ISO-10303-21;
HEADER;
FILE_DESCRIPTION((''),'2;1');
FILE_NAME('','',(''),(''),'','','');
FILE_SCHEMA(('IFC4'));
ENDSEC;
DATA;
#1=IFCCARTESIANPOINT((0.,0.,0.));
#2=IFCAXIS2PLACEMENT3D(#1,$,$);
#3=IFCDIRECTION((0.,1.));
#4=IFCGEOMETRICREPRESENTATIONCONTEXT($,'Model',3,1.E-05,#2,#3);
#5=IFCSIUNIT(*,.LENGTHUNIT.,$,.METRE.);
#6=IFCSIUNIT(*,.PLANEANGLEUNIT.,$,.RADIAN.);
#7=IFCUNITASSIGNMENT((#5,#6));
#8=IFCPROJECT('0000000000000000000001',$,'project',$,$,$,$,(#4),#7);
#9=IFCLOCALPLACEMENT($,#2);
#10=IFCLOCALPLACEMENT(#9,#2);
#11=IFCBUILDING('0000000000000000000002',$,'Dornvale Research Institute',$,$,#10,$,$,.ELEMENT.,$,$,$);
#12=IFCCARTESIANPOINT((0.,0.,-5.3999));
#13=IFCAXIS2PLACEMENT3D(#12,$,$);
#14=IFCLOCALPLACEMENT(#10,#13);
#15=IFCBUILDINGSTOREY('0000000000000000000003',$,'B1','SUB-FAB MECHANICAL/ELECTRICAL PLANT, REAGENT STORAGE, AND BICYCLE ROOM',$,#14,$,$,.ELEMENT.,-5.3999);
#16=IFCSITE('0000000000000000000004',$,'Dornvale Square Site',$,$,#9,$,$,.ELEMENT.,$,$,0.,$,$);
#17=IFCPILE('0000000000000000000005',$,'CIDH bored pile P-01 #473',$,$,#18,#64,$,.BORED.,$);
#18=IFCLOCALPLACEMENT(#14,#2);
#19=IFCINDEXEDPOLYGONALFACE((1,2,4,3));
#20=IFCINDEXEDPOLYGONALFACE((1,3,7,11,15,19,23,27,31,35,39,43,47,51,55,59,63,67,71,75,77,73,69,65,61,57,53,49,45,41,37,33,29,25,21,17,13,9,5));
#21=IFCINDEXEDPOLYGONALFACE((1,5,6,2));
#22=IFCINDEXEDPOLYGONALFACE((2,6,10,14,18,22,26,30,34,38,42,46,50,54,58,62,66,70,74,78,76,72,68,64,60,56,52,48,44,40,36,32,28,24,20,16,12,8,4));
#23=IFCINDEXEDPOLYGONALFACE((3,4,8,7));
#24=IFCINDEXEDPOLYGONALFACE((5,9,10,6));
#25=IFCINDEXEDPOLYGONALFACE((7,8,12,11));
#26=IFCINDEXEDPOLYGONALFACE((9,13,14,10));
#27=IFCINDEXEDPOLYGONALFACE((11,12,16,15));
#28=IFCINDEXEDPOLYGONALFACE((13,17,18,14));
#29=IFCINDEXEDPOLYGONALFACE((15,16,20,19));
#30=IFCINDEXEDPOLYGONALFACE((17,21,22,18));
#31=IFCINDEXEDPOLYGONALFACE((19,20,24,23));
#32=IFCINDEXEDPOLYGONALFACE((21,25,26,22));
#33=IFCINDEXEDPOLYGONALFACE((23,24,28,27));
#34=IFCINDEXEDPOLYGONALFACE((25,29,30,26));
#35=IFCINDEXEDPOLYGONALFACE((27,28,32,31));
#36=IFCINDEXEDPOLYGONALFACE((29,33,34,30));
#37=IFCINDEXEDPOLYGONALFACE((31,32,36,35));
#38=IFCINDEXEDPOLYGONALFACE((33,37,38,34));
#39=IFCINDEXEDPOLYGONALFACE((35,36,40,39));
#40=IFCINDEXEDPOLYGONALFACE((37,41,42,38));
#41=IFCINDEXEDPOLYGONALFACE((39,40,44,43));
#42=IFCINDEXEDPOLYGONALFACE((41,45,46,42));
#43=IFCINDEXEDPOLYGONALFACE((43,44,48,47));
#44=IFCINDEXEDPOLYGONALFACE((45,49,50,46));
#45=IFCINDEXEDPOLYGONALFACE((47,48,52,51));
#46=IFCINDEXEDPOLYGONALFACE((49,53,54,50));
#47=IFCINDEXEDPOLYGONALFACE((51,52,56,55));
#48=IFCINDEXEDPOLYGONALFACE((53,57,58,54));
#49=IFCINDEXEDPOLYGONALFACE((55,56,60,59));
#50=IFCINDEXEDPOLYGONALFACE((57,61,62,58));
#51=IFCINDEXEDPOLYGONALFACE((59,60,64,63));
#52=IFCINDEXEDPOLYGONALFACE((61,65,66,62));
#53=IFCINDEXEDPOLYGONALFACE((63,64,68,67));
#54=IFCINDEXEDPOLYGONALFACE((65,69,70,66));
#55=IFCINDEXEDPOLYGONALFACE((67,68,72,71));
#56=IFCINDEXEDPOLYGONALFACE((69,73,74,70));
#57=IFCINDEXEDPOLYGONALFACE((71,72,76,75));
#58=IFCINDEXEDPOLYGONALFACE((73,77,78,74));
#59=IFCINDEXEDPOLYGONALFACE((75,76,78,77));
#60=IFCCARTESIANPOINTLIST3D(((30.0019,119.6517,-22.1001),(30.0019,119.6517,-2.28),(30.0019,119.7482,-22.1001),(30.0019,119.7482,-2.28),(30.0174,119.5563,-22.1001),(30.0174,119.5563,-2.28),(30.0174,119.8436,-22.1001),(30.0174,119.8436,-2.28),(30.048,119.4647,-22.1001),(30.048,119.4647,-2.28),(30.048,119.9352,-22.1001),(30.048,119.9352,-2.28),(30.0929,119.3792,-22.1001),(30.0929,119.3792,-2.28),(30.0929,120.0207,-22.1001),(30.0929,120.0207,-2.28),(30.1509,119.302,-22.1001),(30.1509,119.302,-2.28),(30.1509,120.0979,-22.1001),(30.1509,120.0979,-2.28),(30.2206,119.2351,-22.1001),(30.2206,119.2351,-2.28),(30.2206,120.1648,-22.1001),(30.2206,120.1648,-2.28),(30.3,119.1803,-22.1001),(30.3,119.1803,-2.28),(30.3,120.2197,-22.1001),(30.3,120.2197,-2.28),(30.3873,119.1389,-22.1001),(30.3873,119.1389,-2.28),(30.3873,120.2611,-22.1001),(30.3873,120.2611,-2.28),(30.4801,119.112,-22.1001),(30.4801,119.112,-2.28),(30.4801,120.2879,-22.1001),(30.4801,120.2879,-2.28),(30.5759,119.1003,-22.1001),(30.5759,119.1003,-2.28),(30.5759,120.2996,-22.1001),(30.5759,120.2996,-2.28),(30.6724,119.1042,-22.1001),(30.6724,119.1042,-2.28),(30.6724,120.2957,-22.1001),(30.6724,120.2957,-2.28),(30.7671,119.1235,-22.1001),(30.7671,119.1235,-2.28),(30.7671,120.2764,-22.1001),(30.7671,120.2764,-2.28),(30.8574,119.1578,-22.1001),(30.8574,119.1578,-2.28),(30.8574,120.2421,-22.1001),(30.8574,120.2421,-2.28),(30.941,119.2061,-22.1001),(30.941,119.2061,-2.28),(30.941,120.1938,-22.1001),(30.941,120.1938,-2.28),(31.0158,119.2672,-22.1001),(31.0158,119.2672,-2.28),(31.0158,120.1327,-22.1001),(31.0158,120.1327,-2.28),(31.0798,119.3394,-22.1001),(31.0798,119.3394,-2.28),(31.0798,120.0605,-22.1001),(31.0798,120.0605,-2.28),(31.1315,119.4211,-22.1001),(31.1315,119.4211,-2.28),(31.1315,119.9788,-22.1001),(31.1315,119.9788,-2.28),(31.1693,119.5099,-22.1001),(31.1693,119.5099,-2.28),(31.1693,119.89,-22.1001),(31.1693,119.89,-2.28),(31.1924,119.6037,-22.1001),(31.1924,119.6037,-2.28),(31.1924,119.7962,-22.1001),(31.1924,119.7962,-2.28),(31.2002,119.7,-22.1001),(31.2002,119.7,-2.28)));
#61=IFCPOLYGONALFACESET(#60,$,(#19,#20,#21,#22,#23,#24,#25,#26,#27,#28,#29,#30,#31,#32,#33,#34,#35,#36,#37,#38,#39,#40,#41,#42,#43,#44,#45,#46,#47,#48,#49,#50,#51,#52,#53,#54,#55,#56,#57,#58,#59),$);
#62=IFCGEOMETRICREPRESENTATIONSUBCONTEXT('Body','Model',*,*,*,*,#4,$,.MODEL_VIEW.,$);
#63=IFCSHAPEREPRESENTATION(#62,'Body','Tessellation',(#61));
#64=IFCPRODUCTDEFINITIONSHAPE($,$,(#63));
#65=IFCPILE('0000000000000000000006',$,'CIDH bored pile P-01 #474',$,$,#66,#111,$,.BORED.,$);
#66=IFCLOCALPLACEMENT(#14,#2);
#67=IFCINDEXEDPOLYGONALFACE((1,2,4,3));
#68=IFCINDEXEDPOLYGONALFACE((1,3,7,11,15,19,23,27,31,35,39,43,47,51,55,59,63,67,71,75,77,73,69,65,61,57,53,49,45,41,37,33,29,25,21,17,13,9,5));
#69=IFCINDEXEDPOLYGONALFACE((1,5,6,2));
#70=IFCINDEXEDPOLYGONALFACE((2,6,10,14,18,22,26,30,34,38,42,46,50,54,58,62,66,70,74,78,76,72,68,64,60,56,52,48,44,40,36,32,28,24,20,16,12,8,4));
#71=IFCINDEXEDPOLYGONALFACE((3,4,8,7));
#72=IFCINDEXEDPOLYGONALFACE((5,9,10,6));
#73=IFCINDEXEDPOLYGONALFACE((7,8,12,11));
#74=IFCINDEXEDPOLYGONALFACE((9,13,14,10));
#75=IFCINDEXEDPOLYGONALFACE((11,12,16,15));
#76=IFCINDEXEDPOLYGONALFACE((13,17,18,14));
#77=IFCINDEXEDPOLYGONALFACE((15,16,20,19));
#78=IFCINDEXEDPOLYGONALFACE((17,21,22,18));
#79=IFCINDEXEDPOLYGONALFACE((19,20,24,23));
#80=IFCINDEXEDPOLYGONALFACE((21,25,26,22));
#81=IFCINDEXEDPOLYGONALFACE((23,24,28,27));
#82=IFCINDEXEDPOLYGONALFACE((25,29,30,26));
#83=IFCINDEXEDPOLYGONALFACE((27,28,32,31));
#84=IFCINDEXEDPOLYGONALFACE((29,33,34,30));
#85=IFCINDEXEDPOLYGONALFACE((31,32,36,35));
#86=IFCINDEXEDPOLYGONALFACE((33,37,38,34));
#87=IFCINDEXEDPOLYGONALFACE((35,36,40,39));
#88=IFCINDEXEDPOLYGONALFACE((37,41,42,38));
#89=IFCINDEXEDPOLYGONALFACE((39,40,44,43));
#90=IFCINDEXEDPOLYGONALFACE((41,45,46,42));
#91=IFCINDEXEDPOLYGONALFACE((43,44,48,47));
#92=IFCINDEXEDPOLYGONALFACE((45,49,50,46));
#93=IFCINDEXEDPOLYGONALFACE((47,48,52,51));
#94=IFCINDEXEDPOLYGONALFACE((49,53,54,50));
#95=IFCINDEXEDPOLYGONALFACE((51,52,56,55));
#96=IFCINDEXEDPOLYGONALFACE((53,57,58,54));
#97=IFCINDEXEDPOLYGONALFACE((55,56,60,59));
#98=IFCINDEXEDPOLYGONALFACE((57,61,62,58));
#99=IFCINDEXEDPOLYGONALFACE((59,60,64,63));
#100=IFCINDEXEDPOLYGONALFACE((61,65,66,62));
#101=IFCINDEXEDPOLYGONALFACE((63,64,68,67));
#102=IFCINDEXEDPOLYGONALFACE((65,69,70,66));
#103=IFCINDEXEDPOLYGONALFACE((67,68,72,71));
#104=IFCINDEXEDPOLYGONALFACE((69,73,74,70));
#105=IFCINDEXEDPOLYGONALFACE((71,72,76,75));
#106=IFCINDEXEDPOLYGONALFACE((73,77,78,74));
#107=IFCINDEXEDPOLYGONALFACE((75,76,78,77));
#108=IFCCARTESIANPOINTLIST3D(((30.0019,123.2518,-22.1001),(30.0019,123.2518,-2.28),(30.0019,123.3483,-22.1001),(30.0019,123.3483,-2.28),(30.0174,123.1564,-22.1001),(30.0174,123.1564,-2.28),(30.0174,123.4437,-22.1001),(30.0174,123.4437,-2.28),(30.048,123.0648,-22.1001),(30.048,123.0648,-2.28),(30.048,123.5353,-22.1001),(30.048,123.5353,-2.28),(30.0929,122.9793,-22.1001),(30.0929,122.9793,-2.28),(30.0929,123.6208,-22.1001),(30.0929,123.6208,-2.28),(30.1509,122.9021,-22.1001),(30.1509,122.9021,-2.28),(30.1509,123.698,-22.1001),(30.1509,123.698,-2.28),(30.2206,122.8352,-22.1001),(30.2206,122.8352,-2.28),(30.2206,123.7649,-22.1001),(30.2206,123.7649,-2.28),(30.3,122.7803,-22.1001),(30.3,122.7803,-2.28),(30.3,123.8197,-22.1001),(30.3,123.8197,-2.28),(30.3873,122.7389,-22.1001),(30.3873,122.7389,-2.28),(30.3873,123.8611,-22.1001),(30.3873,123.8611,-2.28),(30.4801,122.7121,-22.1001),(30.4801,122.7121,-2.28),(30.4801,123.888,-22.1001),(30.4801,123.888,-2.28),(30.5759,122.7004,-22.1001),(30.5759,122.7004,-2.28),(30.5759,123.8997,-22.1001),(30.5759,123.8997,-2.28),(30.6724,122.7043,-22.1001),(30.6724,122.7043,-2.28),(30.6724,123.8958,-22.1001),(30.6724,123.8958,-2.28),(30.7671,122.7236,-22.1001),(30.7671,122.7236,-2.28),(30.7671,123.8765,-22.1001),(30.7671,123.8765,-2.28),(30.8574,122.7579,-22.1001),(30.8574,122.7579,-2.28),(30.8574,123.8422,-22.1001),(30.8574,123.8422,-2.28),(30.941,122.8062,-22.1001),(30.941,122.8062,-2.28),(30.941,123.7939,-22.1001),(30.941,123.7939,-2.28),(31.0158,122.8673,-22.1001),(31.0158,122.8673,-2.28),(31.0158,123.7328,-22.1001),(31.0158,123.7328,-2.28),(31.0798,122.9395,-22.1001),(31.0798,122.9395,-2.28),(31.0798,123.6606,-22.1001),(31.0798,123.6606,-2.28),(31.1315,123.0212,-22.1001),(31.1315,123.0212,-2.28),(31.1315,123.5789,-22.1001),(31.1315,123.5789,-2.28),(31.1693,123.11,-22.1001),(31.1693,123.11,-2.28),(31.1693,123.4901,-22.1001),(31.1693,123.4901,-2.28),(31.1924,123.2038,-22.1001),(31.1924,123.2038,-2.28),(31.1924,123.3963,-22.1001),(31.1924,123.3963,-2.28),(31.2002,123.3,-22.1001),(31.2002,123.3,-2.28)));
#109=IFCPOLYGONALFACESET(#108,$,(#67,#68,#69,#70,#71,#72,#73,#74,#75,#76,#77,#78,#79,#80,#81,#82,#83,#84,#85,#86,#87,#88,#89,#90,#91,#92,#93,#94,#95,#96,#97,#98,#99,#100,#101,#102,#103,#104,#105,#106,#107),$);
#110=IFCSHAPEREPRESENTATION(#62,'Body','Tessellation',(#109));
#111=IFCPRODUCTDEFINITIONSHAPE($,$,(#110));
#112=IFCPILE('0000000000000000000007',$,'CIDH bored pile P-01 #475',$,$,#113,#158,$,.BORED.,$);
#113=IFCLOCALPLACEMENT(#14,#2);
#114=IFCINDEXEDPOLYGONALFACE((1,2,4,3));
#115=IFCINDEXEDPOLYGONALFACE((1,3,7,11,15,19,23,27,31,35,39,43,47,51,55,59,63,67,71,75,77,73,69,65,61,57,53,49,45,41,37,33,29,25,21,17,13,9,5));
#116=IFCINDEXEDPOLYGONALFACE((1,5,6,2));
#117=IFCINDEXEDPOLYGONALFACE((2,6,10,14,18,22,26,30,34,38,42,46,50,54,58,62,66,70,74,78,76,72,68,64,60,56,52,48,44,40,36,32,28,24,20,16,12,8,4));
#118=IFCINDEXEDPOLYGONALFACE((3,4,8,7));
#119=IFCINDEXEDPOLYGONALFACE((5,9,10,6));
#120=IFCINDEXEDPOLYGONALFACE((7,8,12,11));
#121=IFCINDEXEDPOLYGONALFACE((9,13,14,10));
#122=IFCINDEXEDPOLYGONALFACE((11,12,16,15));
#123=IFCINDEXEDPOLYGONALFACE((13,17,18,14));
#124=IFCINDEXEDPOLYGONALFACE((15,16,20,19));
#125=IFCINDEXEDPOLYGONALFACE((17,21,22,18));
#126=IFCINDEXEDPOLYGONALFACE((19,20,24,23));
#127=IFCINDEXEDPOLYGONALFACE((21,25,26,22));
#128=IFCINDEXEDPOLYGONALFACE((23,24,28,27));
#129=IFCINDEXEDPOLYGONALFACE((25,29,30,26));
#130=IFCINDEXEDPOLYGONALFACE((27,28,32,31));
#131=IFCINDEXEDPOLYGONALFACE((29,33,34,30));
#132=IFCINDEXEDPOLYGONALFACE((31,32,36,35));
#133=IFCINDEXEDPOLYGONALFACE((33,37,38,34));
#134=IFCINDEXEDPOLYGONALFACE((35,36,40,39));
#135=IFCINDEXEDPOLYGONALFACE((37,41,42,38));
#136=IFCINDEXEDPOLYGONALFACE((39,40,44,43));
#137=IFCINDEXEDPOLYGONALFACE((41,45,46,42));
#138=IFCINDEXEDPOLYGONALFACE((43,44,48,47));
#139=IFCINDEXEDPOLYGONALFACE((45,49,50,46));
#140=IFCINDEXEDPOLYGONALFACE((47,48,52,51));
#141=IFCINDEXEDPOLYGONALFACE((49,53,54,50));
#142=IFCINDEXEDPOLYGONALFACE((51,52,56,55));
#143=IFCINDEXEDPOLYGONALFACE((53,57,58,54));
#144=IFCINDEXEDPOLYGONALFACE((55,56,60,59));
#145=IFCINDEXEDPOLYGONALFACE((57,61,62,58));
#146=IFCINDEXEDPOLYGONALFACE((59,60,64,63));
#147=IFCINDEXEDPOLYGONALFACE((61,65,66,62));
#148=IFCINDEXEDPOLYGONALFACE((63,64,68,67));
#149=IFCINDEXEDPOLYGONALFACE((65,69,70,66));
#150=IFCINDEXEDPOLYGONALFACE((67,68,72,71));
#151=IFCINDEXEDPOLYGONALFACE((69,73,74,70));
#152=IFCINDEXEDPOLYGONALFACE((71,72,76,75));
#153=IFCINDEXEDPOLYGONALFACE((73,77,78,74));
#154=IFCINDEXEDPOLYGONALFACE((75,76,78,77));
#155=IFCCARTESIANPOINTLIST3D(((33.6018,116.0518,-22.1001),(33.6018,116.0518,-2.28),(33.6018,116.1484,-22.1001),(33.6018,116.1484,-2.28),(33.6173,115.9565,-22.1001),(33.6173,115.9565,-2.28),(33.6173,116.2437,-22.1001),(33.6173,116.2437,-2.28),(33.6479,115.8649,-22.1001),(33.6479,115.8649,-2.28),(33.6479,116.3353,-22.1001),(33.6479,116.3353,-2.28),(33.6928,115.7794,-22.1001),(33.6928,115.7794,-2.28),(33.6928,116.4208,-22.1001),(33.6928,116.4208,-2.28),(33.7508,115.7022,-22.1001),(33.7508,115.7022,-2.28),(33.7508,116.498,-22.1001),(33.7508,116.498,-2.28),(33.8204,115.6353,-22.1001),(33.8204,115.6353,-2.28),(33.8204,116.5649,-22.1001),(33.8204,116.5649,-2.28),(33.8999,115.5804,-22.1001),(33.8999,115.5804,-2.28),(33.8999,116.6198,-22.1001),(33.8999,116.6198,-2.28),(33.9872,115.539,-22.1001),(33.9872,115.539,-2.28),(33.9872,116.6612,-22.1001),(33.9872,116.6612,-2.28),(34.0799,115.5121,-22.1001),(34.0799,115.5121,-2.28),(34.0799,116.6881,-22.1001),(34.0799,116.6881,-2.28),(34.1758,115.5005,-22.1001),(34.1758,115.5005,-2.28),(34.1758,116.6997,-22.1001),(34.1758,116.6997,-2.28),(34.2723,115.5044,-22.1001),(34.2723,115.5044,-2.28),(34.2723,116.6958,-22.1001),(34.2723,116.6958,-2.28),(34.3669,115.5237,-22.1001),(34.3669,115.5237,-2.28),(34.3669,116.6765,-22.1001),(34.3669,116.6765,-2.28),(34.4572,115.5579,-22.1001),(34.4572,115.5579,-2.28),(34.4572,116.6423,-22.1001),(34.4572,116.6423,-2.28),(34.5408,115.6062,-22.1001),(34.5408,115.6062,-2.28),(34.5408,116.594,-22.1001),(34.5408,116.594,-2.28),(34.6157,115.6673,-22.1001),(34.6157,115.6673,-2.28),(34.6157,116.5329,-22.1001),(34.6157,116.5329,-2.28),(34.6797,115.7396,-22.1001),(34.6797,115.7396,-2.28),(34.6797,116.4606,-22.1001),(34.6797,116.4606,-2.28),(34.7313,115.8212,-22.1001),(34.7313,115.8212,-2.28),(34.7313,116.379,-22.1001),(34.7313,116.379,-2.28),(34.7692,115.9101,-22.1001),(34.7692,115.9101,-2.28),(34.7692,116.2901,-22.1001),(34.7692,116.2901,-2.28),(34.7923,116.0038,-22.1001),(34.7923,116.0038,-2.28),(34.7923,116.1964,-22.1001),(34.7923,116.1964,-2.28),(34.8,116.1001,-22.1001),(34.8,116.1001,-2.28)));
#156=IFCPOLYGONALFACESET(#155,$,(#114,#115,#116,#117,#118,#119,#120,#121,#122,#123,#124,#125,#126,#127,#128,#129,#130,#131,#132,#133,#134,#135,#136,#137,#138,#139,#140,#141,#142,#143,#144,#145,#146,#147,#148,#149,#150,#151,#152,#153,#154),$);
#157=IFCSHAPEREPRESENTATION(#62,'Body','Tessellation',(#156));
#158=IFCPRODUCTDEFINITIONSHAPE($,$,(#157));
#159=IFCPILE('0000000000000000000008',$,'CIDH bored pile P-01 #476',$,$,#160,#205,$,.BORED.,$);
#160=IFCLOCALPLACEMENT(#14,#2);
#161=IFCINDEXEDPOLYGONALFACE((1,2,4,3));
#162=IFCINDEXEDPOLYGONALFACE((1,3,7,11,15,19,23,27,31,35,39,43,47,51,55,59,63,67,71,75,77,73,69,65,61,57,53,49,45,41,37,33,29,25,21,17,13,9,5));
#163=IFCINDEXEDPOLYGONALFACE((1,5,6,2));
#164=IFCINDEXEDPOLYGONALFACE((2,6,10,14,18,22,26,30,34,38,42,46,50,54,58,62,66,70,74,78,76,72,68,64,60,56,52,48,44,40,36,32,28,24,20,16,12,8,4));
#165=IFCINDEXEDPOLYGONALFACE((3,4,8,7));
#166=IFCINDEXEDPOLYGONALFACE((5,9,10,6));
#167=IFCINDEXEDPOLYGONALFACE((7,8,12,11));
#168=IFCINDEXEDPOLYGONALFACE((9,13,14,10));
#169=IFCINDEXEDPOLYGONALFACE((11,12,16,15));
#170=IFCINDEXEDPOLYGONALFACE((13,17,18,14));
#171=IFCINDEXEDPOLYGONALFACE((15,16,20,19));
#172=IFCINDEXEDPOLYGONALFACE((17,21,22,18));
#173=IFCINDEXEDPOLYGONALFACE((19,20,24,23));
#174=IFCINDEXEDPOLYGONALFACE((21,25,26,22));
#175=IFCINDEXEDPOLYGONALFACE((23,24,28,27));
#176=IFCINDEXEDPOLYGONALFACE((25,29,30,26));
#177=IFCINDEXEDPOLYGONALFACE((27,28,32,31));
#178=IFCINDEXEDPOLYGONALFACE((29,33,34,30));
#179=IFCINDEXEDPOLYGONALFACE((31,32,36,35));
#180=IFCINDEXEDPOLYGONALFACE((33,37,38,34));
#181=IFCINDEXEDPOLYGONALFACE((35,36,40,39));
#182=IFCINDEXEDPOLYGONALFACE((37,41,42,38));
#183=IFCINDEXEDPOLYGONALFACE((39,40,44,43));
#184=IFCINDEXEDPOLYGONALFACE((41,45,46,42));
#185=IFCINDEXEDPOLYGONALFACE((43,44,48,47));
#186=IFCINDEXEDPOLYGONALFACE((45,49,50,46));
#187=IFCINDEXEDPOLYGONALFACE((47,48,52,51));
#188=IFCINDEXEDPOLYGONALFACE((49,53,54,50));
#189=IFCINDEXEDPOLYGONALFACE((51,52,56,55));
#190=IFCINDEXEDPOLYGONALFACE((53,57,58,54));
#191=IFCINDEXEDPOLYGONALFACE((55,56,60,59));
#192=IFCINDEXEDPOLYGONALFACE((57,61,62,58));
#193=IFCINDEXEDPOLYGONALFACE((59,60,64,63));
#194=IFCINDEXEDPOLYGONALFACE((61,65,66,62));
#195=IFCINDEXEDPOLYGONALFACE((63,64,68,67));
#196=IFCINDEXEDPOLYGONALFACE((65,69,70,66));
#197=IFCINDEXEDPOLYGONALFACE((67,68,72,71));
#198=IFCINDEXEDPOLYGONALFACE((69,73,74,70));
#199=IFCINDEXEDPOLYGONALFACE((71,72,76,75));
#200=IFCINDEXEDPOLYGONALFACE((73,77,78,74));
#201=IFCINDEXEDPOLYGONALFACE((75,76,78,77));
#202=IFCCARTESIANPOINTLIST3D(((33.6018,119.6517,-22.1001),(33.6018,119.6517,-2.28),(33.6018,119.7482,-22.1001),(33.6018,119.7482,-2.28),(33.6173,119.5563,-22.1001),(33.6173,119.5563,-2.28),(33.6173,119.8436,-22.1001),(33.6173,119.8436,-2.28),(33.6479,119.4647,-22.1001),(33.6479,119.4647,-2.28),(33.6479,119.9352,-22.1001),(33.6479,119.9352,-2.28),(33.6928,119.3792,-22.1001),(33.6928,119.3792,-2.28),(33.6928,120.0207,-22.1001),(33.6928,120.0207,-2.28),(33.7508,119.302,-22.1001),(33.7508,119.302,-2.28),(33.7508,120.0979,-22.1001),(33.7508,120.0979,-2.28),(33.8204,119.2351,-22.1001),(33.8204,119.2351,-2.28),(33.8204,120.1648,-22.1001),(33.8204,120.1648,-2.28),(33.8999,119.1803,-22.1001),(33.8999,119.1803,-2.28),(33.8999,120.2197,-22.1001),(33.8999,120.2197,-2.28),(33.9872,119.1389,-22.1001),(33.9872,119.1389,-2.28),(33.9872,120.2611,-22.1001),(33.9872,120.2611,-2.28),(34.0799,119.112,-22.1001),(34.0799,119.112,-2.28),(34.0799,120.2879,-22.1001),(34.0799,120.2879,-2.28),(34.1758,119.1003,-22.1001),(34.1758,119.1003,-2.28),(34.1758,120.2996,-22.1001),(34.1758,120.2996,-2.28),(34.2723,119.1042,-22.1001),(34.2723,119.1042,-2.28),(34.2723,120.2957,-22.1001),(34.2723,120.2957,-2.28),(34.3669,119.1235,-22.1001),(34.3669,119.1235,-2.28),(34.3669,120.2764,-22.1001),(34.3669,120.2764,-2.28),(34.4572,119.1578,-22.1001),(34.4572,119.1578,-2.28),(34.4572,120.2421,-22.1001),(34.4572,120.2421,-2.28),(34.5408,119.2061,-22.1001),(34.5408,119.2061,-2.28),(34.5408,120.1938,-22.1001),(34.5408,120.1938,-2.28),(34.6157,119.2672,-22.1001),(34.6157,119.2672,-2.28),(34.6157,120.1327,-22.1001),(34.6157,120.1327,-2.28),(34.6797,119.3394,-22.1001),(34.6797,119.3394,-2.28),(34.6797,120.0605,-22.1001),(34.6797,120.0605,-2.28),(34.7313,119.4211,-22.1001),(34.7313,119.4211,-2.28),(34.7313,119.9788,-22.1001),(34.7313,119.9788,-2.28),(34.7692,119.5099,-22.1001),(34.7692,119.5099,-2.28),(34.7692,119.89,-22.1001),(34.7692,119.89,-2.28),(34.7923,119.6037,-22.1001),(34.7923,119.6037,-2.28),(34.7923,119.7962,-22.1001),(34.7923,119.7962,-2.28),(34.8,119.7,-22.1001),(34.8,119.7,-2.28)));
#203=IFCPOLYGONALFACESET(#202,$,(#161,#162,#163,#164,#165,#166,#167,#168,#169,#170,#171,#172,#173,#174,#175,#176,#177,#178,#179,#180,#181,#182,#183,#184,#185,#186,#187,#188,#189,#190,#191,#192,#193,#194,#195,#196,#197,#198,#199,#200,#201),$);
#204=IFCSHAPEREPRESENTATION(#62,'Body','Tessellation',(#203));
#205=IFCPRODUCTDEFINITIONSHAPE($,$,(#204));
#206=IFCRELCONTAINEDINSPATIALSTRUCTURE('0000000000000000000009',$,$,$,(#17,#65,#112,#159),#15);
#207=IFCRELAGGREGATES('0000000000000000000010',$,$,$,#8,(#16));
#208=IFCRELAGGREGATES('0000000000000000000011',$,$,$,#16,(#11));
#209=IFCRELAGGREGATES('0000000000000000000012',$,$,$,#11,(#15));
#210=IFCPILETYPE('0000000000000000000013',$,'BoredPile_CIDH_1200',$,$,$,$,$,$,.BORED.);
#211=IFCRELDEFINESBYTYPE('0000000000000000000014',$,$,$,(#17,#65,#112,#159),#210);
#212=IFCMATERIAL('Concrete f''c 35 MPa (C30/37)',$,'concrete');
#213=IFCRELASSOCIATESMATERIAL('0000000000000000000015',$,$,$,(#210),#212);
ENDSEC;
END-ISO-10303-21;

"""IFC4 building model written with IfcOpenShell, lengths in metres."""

from ifc_helpers import new_model, si_unit, direction, frame, origin, origin_2d, place, context, subcontext, project, spatial, circle, extrude, material, material_profile, profile_set, type_object, element, save


model = new_model("IFC4")

# Units and contexts
model_context = context("Model", 3, precision=1e-05, world=origin(), true_north=direction((0.0, 1.0)))
body_context = subcontext(model_context, "Body", "Model", "MODEL_VIEW")
ifc_project = project(units=[si_unit("LENGTHUNIT", "METRE"), si_unit("PLANEANGLEUNIT", "RADIAN")], contexts=[model_context])

# Site, building, storey
site_placement = place(None, origin())
site = spatial("IfcSite", under=ifc_project, at=site_placement, Name="Dornvale Square Site", CompositionType="ELEMENT", RefElevation=0.0)
building_placement = place(site_placement, origin())
building = spatial("IfcBuilding", under=site, at=building_placement, Name="Dornvale Research Institute", CompositionType="ELEMENT")
storey_placement = place(building_placement, frame((0.0, 0.0, -5.3999)))
storey = spatial("IfcBuildingStorey", under=building, at=storey_placement, Name="B1", Description="SUB-FAB MECHANICAL/ELECTRICAL PLANT, REAGENT STORAGE, AND BICYCLE ROOM", CompositionType="ELEMENT", Elevation=-5.3999)

# Piles
ifc_material_1 = material(Name="Concrete f'c 35 MPa (C30/37)", Category="concrete")
ifc_material_profile_1 = material_profile(ifc_material_1, circle(Radius=0.6001, at=origin_2d()), Name="CIDH PILE D1200")
ifc_profile_set_1 = profile_set([ifc_material_profile_1], Name="Concrete f'c 35 MPa (C30/37)")
pile_type = type_object("IfcPileType", Name="BoredPile_CIDH_1200", PredefinedType="BORED", material=ifc_profile_set_1)
for number, where, z_axis, x_axis, name in (
    (1, (30.6001, 119.7, -2.28), (0.0, 0.0, -1.0), (1.0, 0.0, 0.0), "CIDH bored pile P-01 #473"),
    (2, (30.6001, 123.3, -2.28), (0.0, 0.0, -1.0), (1.0, 0.0, 0.0), "CIDH bored pile P-01 #474"),
    (3, (34.2, 116.1001, -2.28), (0.0, 0.0, -1.0), (1.0, 0.0, 0.0), "CIDH bored pile P-01 #475"),
    (4, (34.2, 119.7, -2.28), (0.0, 0.0, -1.0), (1.0, 0.0, 0.0), "CIDH bored pile P-01 #476"),
):
    element("IfcPile", number, at=place(storey_placement, frame(where, z_axis=z_axis, x_axis=x_axis)), inside=storey, type_object=pile_type, Name=name, PredefinedType="BORED", context=body_context, shape_type="SweptSolid", body=[
        extrude(circle(Radius=0.6001, at=origin_2d()), origin(), (0.0, 0.0, 1.0), 19.8201),
    ])

save(model, "model.ifc")
